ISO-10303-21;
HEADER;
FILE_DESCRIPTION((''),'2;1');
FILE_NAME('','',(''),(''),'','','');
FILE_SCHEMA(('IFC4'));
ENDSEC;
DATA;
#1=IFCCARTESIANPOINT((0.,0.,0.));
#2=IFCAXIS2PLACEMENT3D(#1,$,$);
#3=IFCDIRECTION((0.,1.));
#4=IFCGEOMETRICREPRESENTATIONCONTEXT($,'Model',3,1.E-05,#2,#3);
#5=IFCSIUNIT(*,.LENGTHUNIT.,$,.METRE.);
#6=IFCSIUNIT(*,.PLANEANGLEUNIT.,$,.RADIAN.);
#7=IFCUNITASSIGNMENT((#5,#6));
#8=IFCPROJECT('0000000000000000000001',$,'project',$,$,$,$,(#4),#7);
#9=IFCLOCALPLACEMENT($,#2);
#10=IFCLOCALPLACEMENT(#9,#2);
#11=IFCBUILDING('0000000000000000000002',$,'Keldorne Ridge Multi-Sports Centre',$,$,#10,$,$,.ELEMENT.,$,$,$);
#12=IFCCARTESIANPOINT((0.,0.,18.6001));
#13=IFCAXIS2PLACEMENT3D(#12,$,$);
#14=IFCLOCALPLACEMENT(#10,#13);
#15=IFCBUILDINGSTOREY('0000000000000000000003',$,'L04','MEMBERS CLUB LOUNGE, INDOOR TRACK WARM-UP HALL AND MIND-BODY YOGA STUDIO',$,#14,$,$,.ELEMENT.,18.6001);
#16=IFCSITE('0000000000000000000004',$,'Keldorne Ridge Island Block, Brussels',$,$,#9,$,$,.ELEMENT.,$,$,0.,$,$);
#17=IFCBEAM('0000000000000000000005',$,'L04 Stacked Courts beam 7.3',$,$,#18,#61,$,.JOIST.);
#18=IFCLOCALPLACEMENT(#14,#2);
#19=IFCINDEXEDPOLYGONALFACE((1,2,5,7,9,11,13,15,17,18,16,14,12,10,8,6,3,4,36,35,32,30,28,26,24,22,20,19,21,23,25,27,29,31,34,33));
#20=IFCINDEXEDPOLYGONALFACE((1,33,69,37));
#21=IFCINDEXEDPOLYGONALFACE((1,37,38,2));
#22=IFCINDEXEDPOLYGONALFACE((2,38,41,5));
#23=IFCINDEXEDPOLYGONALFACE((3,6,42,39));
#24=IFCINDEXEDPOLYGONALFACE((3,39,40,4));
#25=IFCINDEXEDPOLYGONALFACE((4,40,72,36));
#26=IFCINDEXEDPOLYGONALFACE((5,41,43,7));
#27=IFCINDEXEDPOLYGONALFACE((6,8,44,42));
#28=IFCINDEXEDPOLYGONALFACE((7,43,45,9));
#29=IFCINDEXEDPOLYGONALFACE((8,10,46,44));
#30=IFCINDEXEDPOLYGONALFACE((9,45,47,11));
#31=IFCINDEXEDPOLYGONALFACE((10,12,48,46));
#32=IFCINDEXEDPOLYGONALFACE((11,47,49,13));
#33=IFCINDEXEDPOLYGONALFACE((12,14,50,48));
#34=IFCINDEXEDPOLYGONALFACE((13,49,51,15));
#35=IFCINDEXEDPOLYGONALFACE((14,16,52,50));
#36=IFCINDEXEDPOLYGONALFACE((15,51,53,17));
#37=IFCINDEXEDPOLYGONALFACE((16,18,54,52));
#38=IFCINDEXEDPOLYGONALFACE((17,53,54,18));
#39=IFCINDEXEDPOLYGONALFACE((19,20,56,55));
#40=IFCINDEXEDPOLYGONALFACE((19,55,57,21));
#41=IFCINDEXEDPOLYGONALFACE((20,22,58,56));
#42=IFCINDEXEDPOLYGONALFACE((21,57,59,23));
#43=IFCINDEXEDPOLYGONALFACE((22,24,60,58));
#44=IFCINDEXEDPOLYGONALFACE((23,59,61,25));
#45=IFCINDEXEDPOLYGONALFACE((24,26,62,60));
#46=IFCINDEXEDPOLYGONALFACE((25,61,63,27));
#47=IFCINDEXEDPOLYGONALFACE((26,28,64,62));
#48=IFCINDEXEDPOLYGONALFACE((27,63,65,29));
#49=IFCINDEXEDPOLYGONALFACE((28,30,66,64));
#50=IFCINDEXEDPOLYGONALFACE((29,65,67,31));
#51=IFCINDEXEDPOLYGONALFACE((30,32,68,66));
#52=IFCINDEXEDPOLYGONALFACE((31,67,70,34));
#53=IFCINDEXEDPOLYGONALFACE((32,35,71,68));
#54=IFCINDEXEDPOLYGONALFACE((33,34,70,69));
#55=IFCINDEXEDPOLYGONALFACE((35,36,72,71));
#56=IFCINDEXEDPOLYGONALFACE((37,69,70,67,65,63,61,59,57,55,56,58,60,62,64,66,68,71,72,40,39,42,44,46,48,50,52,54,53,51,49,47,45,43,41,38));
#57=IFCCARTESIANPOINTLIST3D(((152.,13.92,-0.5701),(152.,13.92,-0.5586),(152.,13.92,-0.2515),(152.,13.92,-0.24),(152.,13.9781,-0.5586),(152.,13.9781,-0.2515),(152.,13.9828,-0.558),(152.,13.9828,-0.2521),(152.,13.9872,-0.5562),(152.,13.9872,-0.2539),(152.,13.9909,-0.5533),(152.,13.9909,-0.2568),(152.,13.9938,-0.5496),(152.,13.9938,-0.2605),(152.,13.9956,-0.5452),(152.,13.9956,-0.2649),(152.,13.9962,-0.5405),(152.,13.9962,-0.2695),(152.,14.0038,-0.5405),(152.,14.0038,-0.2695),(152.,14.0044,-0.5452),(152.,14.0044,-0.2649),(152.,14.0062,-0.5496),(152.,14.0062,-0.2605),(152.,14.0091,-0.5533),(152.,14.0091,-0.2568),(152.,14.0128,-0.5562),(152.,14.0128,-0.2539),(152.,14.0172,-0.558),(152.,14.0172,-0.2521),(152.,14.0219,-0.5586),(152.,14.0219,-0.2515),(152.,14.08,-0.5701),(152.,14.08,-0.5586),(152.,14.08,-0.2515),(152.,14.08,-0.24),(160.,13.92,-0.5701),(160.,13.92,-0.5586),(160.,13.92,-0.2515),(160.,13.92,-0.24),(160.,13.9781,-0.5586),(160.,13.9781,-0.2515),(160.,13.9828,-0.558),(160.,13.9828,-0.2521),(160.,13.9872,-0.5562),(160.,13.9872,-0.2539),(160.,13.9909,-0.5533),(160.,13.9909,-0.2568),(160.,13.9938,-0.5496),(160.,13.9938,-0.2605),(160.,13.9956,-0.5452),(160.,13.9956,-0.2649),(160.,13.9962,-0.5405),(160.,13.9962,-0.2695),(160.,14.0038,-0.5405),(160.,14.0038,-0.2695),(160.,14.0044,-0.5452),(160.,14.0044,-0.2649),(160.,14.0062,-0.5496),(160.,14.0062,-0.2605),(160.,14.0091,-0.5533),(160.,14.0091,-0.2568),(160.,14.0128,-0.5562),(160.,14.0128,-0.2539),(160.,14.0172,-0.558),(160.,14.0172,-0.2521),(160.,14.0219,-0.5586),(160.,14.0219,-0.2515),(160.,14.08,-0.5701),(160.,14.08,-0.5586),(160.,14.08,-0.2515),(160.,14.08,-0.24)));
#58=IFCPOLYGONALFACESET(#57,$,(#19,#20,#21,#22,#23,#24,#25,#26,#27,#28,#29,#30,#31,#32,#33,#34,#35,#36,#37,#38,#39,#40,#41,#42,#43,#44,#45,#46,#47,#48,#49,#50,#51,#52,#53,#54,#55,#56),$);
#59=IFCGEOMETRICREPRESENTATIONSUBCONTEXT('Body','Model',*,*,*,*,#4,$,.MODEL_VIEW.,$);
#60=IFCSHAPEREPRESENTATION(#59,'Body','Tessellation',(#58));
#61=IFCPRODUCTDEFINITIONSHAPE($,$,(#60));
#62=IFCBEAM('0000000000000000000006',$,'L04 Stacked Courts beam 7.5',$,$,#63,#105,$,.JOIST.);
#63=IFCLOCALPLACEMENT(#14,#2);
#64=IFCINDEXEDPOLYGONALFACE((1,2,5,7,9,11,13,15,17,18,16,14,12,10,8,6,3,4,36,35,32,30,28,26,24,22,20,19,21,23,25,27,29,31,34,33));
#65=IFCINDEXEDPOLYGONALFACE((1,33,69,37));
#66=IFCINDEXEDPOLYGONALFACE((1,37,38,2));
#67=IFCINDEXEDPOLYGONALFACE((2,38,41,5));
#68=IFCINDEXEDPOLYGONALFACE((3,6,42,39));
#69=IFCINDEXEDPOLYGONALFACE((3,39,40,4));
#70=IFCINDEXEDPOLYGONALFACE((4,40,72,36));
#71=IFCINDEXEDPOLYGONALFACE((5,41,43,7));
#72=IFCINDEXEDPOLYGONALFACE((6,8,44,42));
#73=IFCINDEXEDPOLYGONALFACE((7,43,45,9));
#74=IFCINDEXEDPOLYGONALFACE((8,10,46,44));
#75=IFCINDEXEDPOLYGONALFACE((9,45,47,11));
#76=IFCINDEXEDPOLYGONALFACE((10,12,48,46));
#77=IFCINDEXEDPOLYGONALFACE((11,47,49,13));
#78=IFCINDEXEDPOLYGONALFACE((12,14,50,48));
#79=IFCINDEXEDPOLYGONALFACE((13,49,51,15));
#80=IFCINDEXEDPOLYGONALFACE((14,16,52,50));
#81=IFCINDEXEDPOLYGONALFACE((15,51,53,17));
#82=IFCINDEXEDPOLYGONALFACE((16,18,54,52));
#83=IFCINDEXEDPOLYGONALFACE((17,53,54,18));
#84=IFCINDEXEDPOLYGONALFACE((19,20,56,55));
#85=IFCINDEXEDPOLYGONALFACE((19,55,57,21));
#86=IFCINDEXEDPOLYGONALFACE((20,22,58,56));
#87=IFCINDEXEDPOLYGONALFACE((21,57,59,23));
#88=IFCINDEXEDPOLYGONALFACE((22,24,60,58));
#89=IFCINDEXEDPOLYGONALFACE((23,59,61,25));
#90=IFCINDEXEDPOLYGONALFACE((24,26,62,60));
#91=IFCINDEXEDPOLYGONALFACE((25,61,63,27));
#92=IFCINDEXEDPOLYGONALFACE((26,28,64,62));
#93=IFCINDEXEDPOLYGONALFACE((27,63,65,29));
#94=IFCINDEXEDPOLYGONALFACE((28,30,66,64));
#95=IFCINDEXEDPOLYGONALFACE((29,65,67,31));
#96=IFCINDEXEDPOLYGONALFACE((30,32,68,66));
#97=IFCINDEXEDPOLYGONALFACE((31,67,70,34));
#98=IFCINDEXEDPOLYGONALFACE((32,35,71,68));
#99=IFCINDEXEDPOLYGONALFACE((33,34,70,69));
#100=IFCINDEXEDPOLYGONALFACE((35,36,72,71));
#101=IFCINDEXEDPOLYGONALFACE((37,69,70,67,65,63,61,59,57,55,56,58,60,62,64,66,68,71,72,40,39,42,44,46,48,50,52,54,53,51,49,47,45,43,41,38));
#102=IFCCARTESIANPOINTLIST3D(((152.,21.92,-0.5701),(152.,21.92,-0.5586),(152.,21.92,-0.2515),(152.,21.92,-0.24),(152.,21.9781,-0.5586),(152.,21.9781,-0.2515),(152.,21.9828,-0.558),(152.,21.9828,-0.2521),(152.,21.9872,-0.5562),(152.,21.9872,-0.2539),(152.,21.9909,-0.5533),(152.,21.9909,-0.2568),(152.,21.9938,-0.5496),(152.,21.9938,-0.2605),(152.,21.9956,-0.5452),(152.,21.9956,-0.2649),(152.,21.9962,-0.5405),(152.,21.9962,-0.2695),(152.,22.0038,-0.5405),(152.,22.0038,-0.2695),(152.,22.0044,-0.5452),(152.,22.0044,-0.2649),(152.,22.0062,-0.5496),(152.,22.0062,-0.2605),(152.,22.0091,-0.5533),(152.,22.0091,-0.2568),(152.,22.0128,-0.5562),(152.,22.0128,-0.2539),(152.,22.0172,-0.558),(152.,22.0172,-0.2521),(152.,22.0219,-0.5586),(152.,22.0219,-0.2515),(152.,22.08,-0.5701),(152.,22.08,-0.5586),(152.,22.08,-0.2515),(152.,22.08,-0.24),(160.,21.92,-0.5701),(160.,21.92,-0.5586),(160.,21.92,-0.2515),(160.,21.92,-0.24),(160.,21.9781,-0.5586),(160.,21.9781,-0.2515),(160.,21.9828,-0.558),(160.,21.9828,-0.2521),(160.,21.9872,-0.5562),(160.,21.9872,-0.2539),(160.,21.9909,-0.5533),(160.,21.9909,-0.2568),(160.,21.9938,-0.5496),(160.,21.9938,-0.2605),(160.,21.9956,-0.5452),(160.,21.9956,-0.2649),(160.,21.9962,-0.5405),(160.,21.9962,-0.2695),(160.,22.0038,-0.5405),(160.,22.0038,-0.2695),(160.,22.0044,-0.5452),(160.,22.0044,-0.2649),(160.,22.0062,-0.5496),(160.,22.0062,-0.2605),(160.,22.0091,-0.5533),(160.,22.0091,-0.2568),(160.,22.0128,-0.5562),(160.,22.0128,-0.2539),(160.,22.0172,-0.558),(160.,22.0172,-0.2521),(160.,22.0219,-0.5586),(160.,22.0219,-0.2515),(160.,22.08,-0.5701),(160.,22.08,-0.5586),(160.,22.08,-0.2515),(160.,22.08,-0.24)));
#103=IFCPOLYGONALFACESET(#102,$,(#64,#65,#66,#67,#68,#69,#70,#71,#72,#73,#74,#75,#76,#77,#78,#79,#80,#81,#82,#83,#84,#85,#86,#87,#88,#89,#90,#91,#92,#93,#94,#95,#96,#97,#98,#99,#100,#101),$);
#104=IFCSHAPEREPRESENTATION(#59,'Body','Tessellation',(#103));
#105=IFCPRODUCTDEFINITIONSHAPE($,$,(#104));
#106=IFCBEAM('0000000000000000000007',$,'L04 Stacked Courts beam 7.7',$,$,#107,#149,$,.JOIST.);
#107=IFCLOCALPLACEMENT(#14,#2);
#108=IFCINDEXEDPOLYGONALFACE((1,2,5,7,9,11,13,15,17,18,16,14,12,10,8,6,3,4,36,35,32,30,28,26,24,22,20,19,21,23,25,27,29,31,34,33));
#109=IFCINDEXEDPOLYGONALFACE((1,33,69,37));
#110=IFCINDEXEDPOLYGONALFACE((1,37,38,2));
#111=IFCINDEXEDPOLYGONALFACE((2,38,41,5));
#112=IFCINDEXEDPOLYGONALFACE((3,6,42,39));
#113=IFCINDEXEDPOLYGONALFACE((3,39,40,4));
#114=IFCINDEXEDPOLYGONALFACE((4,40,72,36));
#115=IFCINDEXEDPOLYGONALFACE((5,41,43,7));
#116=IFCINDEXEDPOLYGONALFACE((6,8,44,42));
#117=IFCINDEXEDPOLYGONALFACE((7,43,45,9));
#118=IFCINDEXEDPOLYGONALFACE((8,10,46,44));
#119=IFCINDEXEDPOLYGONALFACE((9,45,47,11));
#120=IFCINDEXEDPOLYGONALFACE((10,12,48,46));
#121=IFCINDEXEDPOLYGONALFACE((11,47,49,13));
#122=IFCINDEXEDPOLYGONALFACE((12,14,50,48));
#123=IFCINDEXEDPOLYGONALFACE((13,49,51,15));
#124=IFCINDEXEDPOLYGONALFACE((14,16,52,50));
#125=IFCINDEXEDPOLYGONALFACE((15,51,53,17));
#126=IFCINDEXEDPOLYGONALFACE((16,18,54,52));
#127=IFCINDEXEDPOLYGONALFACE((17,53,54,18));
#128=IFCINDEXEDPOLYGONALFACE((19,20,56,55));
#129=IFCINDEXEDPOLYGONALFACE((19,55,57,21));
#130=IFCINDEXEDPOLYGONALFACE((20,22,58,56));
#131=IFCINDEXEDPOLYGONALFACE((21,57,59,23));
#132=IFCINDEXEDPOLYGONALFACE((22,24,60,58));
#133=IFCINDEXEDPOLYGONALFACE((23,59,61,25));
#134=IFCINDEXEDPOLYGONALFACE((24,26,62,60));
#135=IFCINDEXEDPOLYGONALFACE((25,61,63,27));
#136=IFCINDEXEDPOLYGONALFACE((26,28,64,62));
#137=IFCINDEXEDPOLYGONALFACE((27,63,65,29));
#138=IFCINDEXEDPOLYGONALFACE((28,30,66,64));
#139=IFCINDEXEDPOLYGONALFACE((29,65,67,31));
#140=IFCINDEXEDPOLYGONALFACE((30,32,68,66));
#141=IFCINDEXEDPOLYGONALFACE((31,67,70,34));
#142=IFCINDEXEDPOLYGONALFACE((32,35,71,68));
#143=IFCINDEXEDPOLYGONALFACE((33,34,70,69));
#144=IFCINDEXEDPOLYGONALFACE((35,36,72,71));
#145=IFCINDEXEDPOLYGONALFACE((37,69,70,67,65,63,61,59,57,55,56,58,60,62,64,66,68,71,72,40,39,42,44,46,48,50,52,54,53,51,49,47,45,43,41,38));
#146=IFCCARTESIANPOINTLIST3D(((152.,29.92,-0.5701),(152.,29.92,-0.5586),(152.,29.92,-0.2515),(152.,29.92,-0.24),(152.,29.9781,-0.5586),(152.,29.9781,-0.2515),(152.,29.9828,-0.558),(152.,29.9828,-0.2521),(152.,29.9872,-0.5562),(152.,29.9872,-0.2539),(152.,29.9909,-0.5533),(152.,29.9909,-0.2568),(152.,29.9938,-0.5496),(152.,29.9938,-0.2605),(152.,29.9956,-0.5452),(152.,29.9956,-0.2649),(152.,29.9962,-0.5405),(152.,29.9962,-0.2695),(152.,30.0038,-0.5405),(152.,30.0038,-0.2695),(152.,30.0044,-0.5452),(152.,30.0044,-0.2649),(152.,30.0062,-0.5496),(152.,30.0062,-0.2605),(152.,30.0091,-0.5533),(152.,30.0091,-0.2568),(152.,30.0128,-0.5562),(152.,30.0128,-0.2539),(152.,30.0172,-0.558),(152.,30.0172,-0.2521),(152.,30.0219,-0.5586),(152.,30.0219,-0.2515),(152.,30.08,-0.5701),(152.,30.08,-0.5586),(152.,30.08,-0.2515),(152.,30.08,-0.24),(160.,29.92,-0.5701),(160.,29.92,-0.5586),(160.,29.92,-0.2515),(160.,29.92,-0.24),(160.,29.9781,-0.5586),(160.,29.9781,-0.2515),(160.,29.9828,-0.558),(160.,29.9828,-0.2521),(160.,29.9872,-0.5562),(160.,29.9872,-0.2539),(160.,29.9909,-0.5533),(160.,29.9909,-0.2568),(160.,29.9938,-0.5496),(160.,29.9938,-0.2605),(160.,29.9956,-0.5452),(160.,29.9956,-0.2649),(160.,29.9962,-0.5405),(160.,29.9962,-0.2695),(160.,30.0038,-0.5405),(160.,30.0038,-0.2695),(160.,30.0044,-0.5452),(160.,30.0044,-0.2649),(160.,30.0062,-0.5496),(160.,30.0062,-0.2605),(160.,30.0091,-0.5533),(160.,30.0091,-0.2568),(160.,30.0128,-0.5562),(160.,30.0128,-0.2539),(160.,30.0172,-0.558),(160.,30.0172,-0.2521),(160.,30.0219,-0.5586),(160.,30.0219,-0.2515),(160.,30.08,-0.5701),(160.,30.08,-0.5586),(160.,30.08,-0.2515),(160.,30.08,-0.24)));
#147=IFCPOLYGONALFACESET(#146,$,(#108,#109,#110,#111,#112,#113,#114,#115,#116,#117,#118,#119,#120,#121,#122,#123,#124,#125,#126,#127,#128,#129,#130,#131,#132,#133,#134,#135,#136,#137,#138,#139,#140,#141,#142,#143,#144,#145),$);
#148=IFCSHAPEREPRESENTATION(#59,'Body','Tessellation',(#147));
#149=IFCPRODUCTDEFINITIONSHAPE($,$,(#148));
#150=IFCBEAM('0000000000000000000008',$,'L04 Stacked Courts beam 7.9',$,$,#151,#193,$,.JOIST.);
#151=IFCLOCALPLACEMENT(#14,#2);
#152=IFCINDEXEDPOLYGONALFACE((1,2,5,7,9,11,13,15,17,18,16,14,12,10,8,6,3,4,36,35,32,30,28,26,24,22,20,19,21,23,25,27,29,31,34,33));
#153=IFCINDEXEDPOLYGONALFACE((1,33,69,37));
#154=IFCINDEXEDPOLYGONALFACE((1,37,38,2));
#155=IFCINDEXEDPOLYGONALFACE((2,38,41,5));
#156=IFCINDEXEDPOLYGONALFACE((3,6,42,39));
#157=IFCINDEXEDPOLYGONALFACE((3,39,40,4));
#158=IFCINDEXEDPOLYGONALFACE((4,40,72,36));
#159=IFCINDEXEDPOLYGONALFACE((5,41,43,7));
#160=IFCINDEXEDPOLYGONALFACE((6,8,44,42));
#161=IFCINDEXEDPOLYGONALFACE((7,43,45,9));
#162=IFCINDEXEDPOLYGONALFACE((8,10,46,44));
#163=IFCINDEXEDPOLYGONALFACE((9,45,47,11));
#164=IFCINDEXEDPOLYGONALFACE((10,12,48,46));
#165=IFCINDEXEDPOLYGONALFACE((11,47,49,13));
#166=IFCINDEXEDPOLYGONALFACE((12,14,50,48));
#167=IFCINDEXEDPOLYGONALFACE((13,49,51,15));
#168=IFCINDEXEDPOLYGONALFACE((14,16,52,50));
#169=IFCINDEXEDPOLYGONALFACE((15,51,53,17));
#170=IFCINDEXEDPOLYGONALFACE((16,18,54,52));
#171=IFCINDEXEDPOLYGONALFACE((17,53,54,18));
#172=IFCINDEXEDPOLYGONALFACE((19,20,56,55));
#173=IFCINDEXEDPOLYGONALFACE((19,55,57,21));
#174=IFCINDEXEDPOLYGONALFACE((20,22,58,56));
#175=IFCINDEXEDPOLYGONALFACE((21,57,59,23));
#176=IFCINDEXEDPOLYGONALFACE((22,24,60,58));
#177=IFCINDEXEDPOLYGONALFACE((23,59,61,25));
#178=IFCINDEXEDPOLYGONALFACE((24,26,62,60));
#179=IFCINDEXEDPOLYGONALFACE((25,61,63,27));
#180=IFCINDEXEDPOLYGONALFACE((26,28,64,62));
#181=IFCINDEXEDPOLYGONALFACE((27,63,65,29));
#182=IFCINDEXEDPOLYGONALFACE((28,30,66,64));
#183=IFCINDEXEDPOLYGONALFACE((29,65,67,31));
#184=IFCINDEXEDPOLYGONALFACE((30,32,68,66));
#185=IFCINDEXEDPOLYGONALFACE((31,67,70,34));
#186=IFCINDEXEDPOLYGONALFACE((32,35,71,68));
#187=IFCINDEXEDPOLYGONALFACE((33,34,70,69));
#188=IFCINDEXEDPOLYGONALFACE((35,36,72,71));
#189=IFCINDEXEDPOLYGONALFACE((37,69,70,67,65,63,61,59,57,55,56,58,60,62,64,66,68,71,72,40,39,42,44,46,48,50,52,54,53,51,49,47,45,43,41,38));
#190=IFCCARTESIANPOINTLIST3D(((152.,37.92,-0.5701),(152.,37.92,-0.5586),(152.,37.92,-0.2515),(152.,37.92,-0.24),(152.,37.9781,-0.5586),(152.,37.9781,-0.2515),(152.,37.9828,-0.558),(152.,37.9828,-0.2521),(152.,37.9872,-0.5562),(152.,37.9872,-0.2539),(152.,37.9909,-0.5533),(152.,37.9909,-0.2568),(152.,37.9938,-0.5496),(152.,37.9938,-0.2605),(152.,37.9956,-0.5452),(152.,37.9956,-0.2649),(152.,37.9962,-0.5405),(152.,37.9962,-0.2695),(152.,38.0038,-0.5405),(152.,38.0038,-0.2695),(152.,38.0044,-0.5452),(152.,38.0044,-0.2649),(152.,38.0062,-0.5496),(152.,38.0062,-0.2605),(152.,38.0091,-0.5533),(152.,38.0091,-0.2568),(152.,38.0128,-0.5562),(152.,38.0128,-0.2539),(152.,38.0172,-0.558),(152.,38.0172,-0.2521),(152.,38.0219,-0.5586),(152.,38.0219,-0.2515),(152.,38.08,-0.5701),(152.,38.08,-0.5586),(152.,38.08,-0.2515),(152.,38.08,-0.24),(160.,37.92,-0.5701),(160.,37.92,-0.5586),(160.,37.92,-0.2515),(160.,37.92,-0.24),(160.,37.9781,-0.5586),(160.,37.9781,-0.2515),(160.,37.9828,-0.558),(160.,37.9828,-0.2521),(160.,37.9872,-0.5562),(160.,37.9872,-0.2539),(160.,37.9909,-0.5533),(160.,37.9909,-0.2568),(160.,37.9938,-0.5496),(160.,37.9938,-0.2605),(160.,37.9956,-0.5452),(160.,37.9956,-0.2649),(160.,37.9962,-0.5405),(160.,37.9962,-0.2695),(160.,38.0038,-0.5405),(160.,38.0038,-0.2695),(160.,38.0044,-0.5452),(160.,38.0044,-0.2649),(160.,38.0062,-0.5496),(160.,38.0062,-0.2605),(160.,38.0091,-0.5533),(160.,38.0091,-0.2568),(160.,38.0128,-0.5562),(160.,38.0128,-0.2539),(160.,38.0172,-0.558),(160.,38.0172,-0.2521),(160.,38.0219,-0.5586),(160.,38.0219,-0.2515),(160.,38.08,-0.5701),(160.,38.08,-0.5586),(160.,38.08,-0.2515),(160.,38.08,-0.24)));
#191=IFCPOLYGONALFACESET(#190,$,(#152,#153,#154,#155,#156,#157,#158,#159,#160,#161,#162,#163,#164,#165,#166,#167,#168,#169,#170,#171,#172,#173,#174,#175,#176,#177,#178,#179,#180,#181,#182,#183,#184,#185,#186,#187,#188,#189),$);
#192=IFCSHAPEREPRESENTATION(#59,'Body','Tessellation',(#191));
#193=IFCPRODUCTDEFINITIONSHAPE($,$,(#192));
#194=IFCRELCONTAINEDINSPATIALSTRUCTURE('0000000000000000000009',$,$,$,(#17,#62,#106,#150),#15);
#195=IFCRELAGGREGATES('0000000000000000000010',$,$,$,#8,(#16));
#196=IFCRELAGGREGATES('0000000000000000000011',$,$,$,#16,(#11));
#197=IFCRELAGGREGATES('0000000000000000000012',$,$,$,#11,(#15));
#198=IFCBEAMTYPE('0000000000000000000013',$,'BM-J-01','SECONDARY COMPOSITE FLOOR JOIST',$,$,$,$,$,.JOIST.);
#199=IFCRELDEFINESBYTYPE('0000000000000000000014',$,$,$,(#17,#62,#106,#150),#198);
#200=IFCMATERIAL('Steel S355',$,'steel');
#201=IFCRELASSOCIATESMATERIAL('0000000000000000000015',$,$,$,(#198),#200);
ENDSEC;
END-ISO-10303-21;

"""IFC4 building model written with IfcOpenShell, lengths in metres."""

from ifc_helpers import new_model, si_unit, direction, frame, origin, origin_2d, place, context, subcontext, project, spatial, i_section, extrude, material, material_profile, profile_set, type_object, element, save


model = new_model("IFC4")

# Units and contexts
model_context = context("Model", 3, precision=1e-05, world=origin(), true_north=direction((0.0, 1.0)))
body_context = subcontext(model_context, "Body", "Model", "MODEL_VIEW")
ifc_project = project(units=[si_unit("LENGTHUNIT", "METRE"), si_unit("PLANEANGLEUNIT", "RADIAN")], contexts=[model_context])

# Site, building, storey
site_placement = place(None, origin())
site = spatial("IfcSite", under=ifc_project, at=site_placement, Name="Keldorne Ridge Island Block, Brussels", CompositionType="ELEMENT", RefElevation=0.0)
building_placement = place(site_placement, origin())
building = spatial("IfcBuilding", under=site, at=building_placement, Name="Keldorne Ridge Multi-Sports Centre", CompositionType="ELEMENT")
storey_placement = place(building_placement, frame((0.0, 0.0, 18.6001)))
storey = spatial("IfcBuildingStorey", under=building, at=storey_placement, Name="L04", Description="MEMBERS CLUB LOUNGE, INDOOR TRACK WARM-UP HALL AND MIND-BODY YOGA STUDIO", CompositionType="ELEMENT", Elevation=18.6001)

# Beams
ifc_material_1 = material(Name="Steel S355", Category="steel")
ifc_material_profile_1 = material_profile(ifc_material_1, i_section(OverallWidth=0.1599, OverallDepth=0.3301, WebThickness=0.0076, FlangeThickness=0.0115, FilletRadius=0.0181, at=origin_2d()), Name="IPE 330")
ifc_profile_set_1 = profile_set([ifc_material_profile_1], Name="Steel S355")
beam_type_1 = type_object("IfcBeamType", Name="BM-J-01", Description="SECONDARY COMPOSITE FLOOR JOIST", PredefinedType="JOIST", material=ifc_profile_set_1)
for number, where, z_axis, x_axis, name in (
    (1, (152.0, 14.0, -0.405), (1.0, 0.0, 0.0), (0.0, 1.0, 0.0), "L04 Stacked Courts beam 7.3"),
    (2, (152.0, 22.0, -0.405), (1.0, 0.0, 0.0), (0.0, 1.0, 0.0), "L04 Stacked Courts beam 7.5"),
    (3, (152.0, 30.0, -0.405), (1.0, 0.0, 0.0), (0.0, 1.0, 0.0), "L04 Stacked Courts beam 7.7"),
    (4, (152.0, 38.0, -0.405), (1.0, 0.0, 0.0), (0.0, 1.0, 0.0), "L04 Stacked Courts beam 7.9"),
):
    element("IfcBeam", number, at=place(storey_placement, frame(where, z_axis=z_axis, x_axis=x_axis)), inside=storey, type_object=beam_type_1, Name=name, PredefinedType="JOIST", context=body_context, shape_type="SweptSolid", body=[
        extrude(i_section(OverallWidth=0.1599, OverallDepth=0.3301, WebThickness=0.0076, FlangeThickness=0.0115, FilletRadius=0.0181, at=origin_2d()), origin(), (0.0, 0.0, 1.0), 8.0),
    ])

save(model, "model.ifc")
